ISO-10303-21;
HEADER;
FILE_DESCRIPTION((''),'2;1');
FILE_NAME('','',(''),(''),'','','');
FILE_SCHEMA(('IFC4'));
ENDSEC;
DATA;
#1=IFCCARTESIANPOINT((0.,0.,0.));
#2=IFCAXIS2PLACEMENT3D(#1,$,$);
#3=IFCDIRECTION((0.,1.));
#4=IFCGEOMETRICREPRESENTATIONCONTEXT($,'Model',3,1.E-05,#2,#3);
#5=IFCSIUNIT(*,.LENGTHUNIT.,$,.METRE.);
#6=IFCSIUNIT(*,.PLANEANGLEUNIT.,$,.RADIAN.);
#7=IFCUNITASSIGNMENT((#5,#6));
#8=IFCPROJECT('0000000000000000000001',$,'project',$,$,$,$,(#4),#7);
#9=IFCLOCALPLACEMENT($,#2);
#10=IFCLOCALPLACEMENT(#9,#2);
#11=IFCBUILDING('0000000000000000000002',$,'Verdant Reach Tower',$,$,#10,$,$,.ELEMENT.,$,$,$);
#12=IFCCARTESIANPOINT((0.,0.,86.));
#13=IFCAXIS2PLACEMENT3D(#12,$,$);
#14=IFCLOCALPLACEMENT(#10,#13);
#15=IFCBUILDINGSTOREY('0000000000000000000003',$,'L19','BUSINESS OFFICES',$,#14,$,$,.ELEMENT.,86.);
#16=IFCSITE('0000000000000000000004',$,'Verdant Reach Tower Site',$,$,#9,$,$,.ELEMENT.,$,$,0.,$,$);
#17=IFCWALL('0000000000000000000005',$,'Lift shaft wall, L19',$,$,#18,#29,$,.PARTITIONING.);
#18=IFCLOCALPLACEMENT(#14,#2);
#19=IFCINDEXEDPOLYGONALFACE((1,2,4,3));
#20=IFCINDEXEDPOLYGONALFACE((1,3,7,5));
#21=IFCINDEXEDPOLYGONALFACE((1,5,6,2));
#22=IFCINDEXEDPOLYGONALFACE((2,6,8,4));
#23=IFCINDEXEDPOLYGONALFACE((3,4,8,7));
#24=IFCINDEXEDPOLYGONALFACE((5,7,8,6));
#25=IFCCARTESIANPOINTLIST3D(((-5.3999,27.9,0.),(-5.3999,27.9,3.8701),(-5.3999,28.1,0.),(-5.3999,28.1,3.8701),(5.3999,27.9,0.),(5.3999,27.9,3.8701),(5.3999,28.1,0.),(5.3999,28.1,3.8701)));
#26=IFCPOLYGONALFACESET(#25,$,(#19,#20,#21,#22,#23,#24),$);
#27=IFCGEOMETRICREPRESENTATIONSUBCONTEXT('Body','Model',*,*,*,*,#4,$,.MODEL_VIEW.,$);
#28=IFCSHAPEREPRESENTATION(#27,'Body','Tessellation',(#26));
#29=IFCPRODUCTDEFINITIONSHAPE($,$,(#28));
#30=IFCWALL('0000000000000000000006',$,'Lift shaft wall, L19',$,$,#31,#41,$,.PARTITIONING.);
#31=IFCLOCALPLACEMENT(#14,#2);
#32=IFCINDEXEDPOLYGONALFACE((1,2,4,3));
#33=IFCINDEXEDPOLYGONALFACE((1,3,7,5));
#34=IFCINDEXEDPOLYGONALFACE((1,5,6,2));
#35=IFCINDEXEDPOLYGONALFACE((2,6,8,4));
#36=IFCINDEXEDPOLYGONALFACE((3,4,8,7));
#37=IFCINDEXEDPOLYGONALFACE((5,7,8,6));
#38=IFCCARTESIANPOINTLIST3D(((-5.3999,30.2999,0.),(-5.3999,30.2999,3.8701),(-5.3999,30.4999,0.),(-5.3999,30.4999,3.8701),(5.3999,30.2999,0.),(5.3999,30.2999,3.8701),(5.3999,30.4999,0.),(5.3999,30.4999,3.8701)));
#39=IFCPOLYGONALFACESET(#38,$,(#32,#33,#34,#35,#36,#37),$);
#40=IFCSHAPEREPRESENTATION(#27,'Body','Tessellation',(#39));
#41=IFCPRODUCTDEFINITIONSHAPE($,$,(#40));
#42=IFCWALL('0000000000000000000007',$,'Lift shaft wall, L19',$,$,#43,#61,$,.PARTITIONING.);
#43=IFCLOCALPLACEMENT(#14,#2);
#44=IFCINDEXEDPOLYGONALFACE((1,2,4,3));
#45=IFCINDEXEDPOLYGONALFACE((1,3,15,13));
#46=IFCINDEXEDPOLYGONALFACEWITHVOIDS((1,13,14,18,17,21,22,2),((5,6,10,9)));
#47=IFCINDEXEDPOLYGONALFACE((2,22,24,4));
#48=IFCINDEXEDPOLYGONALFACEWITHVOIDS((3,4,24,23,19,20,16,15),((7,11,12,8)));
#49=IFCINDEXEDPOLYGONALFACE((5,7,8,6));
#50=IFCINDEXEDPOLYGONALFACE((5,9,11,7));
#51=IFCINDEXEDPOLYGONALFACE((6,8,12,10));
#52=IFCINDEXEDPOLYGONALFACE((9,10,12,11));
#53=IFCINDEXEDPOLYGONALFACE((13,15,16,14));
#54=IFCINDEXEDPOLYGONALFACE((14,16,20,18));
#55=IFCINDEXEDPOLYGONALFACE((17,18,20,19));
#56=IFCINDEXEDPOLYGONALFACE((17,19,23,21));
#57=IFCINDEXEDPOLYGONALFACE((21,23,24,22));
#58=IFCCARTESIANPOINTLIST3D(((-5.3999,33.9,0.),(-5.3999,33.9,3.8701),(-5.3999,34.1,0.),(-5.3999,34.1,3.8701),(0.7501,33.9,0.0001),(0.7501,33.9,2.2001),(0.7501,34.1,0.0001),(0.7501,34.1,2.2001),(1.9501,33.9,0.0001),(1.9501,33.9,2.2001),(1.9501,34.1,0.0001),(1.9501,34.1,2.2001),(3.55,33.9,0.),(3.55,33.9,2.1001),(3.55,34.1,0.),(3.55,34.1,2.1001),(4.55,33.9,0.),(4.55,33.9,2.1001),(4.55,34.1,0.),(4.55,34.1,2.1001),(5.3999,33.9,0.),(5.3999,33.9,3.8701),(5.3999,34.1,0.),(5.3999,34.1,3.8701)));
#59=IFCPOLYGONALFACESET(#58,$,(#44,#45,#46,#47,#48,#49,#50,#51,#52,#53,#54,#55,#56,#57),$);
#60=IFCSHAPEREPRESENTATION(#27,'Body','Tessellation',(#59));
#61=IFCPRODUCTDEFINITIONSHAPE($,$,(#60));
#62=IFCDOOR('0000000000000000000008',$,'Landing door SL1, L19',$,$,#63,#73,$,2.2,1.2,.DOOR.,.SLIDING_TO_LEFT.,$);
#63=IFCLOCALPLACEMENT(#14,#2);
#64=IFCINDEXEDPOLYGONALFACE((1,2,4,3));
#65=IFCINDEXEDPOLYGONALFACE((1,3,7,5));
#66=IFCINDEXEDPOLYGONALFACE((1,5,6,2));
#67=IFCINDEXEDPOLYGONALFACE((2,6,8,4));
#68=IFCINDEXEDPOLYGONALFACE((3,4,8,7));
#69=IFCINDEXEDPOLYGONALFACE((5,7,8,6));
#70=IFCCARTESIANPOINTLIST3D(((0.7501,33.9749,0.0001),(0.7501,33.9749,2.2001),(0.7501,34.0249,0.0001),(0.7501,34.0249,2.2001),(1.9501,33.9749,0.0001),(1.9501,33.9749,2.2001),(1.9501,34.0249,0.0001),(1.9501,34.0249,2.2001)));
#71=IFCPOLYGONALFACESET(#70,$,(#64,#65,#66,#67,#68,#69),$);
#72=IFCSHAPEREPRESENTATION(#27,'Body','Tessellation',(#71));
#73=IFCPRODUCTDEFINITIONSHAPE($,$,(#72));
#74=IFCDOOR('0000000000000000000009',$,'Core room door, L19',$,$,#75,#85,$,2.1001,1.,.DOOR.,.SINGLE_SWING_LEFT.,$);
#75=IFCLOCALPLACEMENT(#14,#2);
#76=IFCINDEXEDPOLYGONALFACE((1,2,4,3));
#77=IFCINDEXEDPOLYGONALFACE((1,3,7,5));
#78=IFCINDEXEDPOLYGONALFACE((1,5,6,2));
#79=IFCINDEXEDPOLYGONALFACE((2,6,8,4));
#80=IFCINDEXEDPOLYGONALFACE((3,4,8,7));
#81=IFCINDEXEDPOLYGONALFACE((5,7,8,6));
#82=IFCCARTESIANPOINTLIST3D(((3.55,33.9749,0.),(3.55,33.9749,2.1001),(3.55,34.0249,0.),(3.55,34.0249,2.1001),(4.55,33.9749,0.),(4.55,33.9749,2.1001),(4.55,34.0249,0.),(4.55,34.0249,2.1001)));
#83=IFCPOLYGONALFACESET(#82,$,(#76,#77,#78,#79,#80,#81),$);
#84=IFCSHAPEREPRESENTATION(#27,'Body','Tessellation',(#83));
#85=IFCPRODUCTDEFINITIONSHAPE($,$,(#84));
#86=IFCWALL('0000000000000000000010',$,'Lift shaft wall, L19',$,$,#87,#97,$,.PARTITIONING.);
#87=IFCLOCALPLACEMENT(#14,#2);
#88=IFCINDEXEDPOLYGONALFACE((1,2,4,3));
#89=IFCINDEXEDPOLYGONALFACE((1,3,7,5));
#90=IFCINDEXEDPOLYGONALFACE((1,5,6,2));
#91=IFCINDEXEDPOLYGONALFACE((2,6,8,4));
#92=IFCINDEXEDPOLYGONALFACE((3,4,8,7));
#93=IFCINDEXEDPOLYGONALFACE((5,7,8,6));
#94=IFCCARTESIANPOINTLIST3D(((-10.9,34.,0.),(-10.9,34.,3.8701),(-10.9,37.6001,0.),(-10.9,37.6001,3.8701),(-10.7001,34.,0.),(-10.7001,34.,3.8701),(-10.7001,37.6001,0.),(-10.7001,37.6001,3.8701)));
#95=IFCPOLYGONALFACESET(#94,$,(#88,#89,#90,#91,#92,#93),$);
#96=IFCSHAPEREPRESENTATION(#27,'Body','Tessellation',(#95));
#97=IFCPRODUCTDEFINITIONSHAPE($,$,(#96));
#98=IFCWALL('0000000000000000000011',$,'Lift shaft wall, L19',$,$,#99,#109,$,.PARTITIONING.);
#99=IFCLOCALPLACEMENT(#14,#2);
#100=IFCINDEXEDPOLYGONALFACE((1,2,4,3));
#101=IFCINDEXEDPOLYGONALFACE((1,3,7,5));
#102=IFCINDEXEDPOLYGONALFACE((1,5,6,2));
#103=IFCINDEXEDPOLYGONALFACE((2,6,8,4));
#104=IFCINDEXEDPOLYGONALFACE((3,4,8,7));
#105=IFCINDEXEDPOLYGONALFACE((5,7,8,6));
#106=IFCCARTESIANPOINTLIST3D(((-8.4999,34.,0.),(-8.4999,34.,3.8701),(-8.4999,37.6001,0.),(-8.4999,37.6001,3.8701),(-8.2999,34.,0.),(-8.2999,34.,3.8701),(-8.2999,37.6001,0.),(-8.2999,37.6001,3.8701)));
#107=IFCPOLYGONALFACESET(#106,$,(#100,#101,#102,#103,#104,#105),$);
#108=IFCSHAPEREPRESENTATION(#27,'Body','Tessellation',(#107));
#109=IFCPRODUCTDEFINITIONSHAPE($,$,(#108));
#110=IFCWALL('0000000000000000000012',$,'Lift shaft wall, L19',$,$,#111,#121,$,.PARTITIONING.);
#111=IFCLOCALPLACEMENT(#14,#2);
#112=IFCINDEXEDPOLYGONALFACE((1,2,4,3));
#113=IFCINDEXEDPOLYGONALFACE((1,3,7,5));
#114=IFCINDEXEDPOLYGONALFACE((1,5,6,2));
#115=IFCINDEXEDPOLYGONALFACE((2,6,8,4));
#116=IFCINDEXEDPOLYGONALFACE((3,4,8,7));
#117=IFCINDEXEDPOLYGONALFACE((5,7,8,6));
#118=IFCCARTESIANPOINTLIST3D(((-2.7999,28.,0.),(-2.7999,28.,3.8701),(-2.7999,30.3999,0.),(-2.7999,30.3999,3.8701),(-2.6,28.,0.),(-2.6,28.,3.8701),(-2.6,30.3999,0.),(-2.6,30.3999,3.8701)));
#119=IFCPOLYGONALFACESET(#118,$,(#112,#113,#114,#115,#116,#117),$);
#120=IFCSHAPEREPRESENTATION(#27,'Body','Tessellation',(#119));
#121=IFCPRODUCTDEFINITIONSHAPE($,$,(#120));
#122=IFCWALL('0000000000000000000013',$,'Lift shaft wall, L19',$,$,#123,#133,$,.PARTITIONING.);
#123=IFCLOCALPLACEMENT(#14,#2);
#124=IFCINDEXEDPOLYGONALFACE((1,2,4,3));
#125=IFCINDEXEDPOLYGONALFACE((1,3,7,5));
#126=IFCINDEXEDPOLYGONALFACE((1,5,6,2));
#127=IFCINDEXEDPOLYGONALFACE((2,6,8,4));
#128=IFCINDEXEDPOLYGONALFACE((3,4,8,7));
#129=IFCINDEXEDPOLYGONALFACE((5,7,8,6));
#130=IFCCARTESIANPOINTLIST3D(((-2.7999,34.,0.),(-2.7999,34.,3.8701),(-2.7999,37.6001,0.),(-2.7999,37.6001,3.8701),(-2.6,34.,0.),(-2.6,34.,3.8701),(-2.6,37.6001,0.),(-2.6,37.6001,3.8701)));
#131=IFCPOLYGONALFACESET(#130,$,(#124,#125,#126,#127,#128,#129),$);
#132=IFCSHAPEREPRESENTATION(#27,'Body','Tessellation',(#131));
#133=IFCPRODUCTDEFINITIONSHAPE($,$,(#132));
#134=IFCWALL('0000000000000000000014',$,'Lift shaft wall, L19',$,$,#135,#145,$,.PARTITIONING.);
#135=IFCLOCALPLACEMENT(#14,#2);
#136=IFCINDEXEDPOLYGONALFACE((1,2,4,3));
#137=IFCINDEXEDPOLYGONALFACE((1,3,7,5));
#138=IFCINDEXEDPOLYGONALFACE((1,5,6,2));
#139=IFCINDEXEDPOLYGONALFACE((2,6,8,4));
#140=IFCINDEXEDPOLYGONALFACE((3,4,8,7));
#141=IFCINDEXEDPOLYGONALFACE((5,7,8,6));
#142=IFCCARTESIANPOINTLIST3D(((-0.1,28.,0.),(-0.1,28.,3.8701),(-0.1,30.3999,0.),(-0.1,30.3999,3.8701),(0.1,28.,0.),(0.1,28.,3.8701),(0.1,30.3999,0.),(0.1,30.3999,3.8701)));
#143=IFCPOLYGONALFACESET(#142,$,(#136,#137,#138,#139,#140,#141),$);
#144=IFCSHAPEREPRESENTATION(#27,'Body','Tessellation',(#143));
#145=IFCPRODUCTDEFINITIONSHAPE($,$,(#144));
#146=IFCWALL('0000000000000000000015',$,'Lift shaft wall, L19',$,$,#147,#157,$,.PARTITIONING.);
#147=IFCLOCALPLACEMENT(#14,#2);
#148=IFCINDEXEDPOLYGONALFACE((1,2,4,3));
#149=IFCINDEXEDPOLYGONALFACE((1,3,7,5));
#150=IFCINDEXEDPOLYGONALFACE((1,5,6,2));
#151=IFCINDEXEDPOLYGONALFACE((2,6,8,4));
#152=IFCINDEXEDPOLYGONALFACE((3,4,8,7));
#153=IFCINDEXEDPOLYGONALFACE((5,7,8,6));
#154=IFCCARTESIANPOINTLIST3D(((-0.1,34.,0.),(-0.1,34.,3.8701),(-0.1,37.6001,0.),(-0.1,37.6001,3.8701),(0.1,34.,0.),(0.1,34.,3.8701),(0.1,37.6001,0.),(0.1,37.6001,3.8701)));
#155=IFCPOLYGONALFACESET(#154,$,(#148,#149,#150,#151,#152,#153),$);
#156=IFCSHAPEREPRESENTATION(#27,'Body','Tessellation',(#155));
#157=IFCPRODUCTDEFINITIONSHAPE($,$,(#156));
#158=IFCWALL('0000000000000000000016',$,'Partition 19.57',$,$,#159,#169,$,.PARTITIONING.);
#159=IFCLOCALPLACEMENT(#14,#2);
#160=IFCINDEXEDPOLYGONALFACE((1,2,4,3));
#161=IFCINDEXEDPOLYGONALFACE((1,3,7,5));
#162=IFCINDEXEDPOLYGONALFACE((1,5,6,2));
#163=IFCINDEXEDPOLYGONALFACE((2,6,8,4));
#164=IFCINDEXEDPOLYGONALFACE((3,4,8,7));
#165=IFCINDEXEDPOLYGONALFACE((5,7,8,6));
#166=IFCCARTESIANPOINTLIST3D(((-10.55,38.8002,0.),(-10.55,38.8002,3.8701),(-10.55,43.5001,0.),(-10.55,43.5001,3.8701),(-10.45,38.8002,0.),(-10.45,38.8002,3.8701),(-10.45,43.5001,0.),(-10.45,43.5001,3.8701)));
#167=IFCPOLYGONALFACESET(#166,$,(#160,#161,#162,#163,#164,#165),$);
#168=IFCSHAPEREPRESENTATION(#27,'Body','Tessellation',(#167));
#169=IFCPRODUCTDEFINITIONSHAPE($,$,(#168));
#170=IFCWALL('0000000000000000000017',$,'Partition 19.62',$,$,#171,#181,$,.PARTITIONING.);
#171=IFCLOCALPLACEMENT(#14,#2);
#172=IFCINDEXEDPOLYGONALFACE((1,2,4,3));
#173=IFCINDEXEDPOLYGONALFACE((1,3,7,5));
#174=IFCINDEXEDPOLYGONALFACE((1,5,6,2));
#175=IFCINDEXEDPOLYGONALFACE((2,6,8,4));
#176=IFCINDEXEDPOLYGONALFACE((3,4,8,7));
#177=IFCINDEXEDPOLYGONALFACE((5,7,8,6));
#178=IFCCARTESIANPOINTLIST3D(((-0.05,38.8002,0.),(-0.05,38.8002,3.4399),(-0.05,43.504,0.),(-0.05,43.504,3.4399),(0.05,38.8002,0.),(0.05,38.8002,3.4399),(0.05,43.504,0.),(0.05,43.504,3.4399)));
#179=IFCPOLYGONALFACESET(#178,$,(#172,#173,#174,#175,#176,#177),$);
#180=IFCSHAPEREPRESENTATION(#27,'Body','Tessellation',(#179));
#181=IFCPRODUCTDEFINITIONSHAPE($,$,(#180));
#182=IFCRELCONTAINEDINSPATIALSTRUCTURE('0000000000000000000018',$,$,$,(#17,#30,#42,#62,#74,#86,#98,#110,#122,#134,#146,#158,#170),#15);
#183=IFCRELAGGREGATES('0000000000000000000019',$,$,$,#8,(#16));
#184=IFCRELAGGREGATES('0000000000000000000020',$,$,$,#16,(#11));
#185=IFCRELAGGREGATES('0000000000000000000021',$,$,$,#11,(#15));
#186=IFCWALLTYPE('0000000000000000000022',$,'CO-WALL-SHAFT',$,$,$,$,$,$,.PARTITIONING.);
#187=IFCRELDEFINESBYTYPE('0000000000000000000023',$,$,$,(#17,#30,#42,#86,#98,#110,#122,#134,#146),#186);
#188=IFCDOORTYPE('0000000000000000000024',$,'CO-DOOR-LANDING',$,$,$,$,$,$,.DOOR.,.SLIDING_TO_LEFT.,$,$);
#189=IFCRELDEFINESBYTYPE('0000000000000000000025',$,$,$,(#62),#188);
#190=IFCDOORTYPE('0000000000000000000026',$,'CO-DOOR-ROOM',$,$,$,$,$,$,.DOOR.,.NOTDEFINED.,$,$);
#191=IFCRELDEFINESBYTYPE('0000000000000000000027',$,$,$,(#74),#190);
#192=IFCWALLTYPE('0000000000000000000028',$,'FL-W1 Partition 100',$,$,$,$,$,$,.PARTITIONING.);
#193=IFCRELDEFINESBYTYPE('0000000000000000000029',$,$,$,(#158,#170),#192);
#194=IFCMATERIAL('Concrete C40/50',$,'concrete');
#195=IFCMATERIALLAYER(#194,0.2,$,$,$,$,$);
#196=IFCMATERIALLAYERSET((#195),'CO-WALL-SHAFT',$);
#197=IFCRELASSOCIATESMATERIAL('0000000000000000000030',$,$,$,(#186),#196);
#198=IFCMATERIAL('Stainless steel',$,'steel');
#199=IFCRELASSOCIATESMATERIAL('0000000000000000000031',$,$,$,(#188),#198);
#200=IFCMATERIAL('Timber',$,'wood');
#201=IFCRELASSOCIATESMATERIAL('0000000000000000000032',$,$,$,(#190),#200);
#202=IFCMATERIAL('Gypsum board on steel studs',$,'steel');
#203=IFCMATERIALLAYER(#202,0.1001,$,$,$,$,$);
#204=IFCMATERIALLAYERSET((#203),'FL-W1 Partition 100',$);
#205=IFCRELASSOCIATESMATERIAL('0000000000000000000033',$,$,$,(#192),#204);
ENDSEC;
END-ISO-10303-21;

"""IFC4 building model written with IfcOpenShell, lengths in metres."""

from ifc_helpers import new_model, si_unit, direction, frame, frame_2d, origin, place, context, subcontext, project, spatial, rectangle, extrude, material, layer, layer_set, type_object, element, fill, save


model = new_model("IFC4")

# Units and contexts
model_context = context("Model", 3, precision=1e-05, world=origin(), true_north=direction((0.0, 1.0)))
body_context = subcontext(model_context, "Body", "Model", "MODEL_VIEW")
ifc_project = project(units=[si_unit("LENGTHUNIT", "METRE"), si_unit("PLANEANGLEUNIT", "RADIAN")], contexts=[model_context])

# Site, building, storey
site_placement = place(None, origin())
site = spatial("IfcSite", under=ifc_project, at=site_placement, Name="Verdant Reach Tower Site", CompositionType="ELEMENT", RefElevation=0.0)
building_placement = place(site_placement, origin())
building = spatial("IfcBuilding", under=site, at=building_placement, Name="Verdant Reach Tower", CompositionType="ELEMENT")
storey_placement = place(building_placement, frame((0.0, 0.0, 86.0)))
storey = spatial("IfcBuildingStorey", under=building, at=storey_placement, Name="L19", Description="BUSINESS OFFICES", CompositionType="ELEMENT", Elevation=86.0)

# Walls
ifc_material_1 = material(Name="Concrete C40/50", Category="concrete")
ifc_layer_1 = layer(ifc_material_1, 0.2)
ifc_layer_set_1 = layer_set([ifc_layer_1], Name="CO-WALL-SHAFT")
wall_type_1 = type_object("IfcWallType", Name="CO-WALL-SHAFT", PredefinedType="PARTITIONING", material=ifc_layer_set_1)
for number, where, z_axis, x_axis, name in (
    (1, (-5.3999, 28.0, 0.0), (0.0, 0.0, 1.0), (1.0, 0.0, 0.0), "Lift shaft wall, L19"),
    (2, (-5.3999, 30.3999, 0.0), (0.0, 0.0, 1.0), (1.0, 0.0, 0.0), "Lift shaft wall, L19"),
):
    element("IfcWall", number, at=place(storey_placement, frame(where, z_axis=z_axis, x_axis=x_axis)), inside=storey, type_object=wall_type_1, Name=name, PredefinedType="PARTITIONING", context=body_context, shape_type="SweptSolid", body=[
        extrude(rectangle(XDim=10.7998, YDim=0.2, at=frame_2d((5.3999, 0.0))), origin(), (0.0, 0.0, 1.0), 3.8701),
    ])

# Wall, openings, doors
wall_1_placement = place(storey_placement, frame((-5.3999, 34.0, 0.0), z_axis=(0.0, 0.0, 1.0), x_axis=(1.0, 0.0, 0.0)))
wall_1 = element("IfcWall", 3, at=wall_1_placement, inside=storey, type_object=wall_type_1, Name="Lift shaft wall, L19", PredefinedType="PARTITIONING", context=body_context, shape_type="SweptSolid", body=[
    extrude(rectangle(XDim=10.7998, YDim=0.2, at=frame_2d((5.3999, 0.0))), origin(), (0.0, 0.0, 1.0), 3.8701),
])
opening_1_placement = place(wall_1_placement, frame((6.1499, 0.0, 0.0)))
opening_1 = element("IfcOpeningElement", 4, at=opening_1_placement, cuts=wall_1, PredefinedType="OPENING", context=body_context, shape_type="SweptSolid", body=[
    extrude(rectangle(XDim=1.2, YDim=2.2, at=frame_2d((0.6001, 1.1001))), frame((0.0, 0.1099, 0.0), z_axis=(0.0, -1.0, 0.0), x_axis=(1.0, 0.0, 0.0)), (0.0, 0.0, 1.0), 0.22),
])
opening_2_placement = place(wall_1_placement, frame((8.95, 0.0, 0.0)))
opening_2 = element("IfcOpeningElement", 5, at=opening_2_placement, cuts=wall_1, PredefinedType="OPENING", context=body_context, shape_type="SweptSolid", body=[
    extrude(rectangle(XDim=1.0, YDim=2.1001, at=frame_2d((0.5, 1.05))), frame((0.0, 0.1099, 0.0), z_axis=(0.0, -1.0, 0.0), x_axis=(1.0, 0.0, 0.0)), (0.0, 0.0, 1.0), 0.22),
])
ifc_material_2 = material(Name="Stainless steel", Category="steel")
door_type_1 = type_object("IfcDoorType", Name="CO-DOOR-LANDING", OperationType="SLIDING_TO_LEFT", PredefinedType="DOOR", material=ifc_material_2)
door_1_placement = place(opening_1_placement, origin())
door_1 = element("IfcDoor", 6, at=door_1_placement, inside=storey, type_object=door_type_1, Name="Landing door SL1, L19", OperationType="SLIDING_TO_LEFT", OverallHeight=2.2, OverallWidth=1.2, PredefinedType="DOOR", context=body_context, shape_type="SweptSolid", body=[
    extrude(rectangle(XDim=1.2, YDim=2.2, at=frame_2d((0.6001, 1.1001))), frame((0.0, 0.0249, 0.0), z_axis=(0.0, -1.0, 0.0), x_axis=(1.0, 0.0, 0.0)), (0.0, 0.0, 1.0), 0.05),
])
fill(opening_1, door_1)
ifc_material_3 = material(Name="Timber", Category="wood")
door_type_2 = type_object("IfcDoorType", Name="CO-DOOR-ROOM", OperationType="NOTDEFINED", PredefinedType="DOOR", material=ifc_material_3)
door_2_placement = place(opening_2_placement, origin())
door_2 = element("IfcDoor", 7, at=door_2_placement, inside=storey, type_object=door_type_2, Name="Core room door, L19", OperationType="SINGLE_SWING_LEFT", OverallHeight=2.1001, OverallWidth=1.0, PredefinedType="DOOR", context=body_context, shape_type="SweptSolid", body=[
    extrude(rectangle(XDim=1.0, YDim=2.1001, at=frame_2d((0.5, 1.05))), frame((0.0, 0.0249, 0.0), z_axis=(0.0, -1.0, 0.0), x_axis=(1.0, 0.0, 0.0)), (0.0, 0.0, 1.0), 0.05),
])
fill(opening_2, door_2)

# Walls
for number, where, z_axis, x_axis, name in (
    (8, (-10.8, 34.0, 0.0), (0.0, 0.0, 1.0), (0.0, 1.0, 0.0), "Lift shaft wall, L19"),
    (9, (-8.3999, 34.0, 0.0), (0.0, 0.0, 1.0), (0.0, 1.0, 0.0), "Lift shaft wall, L19"),
):
    element("IfcWall", number, at=place(storey_placement, frame(where, z_axis=z_axis, x_axis=x_axis)), inside=storey, type_object=wall_type_1, Name=name, PredefinedType="PARTITIONING", context=body_context, shape_type="SweptSolid", body=[
        extrude(rectangle(XDim=3.6001, YDim=0.2, at=frame_2d((1.8, 0.0))), origin(), (0.0, 0.0, 1.0), 3.8701),
    ])
wall_2_placement = place(storey_placement, frame((-2.7, 28.0, 0.0), z_axis=(0.0, 0.0, 1.0), x_axis=(0.0, 1.0, 0.0)))
element("IfcWall", 10, at=wall_2_placement, inside=storey, type_object=wall_type_1, Name="Lift shaft wall, L19", PredefinedType="PARTITIONING", context=body_context, shape_type="SweptSolid", body=[
    extrude(rectangle(XDim=2.3999, YDim=0.2, at=frame_2d((1.2, 0.0))), origin(), (0.0, 0.0, 1.0), 3.8701),
])
wall_3_placement = place(storey_placement, frame((-2.7, 34.0, 0.0), z_axis=(0.0, 0.0, 1.0), x_axis=(0.0, 1.0, 0.0)))
element("IfcWall", 11, at=wall_3_placement, inside=storey, type_object=wall_type_1, Name="Lift shaft wall, L19", PredefinedType="PARTITIONING", context=body_context, shape_type="SweptSolid", body=[
    extrude(rectangle(XDim=3.6001, YDim=0.2, at=frame_2d((1.8, 0.0))), origin(), (0.0, 0.0, 1.0), 3.8701),
])
wall_4_placement = place(storey_placement, frame((0.0, 28.0, 0.0), z_axis=(0.0, 0.0, 1.0), x_axis=(0.0, 1.0, 0.0)))
element("IfcWall", 12, at=wall_4_placement, inside=storey, type_object=wall_type_1, Name="Lift shaft wall, L19", PredefinedType="PARTITIONING", context=body_context, shape_type="SweptSolid", body=[
    extrude(rectangle(XDim=2.3999, YDim=0.2, at=frame_2d((1.2, 0.0))), origin(), (0.0, 0.0, 1.0), 3.8701),
])
wall_5_placement = place(storey_placement, frame((0.0, 34.0, 0.0), z_axis=(0.0, 0.0, 1.0), x_axis=(0.0, 1.0, 0.0)))
element("IfcWall", 13, at=wall_5_placement, inside=storey, type_object=wall_type_1, Name="Lift shaft wall, L19", PredefinedType="PARTITIONING", context=body_context, shape_type="SweptSolid", body=[
    extrude(rectangle(XDim=3.6001, YDim=0.2, at=frame_2d((1.8, 0.0))), origin(), (0.0, 0.0, 1.0), 3.8701),
])
ifc_material_4 = material(Name="Gypsum board on steel studs", Category="steel")
ifc_layer_2 = layer(ifc_material_4, 0.1001)
ifc_layer_set_2 = layer_set([ifc_layer_2], Name="FL-W1 Partition 100")
wall_type_2 = type_object("IfcWallType", Name="FL-W1 Partition 100", PredefinedType="PARTITIONING", material=ifc_layer_set_2)
wall_6_placement = place(storey_placement, frame((-10.5, 38.8, 0.0), z_axis=(0.0, 0.0, 1.0), x_axis=(0.0, 1.0, 0.0)))
element("IfcWall", 14, at=wall_6_placement, inside=storey, type_object=wall_type_2, Name="Partition 19.57", PredefinedType="PARTITIONING", context=body_context, shape_type="SweptSolid", body=[
    extrude(rectangle(XDim=4.7, YDim=0.1001, at=frame_2d((2.3501, 0.0))), origin(), (0.0, 0.0, 1.0), 3.8701),
])
wall_7_placement = place(storey_placement, frame((0.0, 38.8, 0.0), z_axis=(0.0, 0.0, 1.0), x_axis=(0.0, 1.0, 0.0)))
element("IfcWall", 15, at=wall_7_placement, inside=storey, type_object=wall_type_2, Name="Partition 19.62", PredefinedType="PARTITIONING", context=body_context, shape_type="SweptSolid", body=[
    extrude(rectangle(XDim=4.7039, YDim=0.1001, at=frame_2d((2.3521, 0.0))), origin(), (0.0, 0.0, 1.0), 3.4399),
])

save(model, "model.ifc")
